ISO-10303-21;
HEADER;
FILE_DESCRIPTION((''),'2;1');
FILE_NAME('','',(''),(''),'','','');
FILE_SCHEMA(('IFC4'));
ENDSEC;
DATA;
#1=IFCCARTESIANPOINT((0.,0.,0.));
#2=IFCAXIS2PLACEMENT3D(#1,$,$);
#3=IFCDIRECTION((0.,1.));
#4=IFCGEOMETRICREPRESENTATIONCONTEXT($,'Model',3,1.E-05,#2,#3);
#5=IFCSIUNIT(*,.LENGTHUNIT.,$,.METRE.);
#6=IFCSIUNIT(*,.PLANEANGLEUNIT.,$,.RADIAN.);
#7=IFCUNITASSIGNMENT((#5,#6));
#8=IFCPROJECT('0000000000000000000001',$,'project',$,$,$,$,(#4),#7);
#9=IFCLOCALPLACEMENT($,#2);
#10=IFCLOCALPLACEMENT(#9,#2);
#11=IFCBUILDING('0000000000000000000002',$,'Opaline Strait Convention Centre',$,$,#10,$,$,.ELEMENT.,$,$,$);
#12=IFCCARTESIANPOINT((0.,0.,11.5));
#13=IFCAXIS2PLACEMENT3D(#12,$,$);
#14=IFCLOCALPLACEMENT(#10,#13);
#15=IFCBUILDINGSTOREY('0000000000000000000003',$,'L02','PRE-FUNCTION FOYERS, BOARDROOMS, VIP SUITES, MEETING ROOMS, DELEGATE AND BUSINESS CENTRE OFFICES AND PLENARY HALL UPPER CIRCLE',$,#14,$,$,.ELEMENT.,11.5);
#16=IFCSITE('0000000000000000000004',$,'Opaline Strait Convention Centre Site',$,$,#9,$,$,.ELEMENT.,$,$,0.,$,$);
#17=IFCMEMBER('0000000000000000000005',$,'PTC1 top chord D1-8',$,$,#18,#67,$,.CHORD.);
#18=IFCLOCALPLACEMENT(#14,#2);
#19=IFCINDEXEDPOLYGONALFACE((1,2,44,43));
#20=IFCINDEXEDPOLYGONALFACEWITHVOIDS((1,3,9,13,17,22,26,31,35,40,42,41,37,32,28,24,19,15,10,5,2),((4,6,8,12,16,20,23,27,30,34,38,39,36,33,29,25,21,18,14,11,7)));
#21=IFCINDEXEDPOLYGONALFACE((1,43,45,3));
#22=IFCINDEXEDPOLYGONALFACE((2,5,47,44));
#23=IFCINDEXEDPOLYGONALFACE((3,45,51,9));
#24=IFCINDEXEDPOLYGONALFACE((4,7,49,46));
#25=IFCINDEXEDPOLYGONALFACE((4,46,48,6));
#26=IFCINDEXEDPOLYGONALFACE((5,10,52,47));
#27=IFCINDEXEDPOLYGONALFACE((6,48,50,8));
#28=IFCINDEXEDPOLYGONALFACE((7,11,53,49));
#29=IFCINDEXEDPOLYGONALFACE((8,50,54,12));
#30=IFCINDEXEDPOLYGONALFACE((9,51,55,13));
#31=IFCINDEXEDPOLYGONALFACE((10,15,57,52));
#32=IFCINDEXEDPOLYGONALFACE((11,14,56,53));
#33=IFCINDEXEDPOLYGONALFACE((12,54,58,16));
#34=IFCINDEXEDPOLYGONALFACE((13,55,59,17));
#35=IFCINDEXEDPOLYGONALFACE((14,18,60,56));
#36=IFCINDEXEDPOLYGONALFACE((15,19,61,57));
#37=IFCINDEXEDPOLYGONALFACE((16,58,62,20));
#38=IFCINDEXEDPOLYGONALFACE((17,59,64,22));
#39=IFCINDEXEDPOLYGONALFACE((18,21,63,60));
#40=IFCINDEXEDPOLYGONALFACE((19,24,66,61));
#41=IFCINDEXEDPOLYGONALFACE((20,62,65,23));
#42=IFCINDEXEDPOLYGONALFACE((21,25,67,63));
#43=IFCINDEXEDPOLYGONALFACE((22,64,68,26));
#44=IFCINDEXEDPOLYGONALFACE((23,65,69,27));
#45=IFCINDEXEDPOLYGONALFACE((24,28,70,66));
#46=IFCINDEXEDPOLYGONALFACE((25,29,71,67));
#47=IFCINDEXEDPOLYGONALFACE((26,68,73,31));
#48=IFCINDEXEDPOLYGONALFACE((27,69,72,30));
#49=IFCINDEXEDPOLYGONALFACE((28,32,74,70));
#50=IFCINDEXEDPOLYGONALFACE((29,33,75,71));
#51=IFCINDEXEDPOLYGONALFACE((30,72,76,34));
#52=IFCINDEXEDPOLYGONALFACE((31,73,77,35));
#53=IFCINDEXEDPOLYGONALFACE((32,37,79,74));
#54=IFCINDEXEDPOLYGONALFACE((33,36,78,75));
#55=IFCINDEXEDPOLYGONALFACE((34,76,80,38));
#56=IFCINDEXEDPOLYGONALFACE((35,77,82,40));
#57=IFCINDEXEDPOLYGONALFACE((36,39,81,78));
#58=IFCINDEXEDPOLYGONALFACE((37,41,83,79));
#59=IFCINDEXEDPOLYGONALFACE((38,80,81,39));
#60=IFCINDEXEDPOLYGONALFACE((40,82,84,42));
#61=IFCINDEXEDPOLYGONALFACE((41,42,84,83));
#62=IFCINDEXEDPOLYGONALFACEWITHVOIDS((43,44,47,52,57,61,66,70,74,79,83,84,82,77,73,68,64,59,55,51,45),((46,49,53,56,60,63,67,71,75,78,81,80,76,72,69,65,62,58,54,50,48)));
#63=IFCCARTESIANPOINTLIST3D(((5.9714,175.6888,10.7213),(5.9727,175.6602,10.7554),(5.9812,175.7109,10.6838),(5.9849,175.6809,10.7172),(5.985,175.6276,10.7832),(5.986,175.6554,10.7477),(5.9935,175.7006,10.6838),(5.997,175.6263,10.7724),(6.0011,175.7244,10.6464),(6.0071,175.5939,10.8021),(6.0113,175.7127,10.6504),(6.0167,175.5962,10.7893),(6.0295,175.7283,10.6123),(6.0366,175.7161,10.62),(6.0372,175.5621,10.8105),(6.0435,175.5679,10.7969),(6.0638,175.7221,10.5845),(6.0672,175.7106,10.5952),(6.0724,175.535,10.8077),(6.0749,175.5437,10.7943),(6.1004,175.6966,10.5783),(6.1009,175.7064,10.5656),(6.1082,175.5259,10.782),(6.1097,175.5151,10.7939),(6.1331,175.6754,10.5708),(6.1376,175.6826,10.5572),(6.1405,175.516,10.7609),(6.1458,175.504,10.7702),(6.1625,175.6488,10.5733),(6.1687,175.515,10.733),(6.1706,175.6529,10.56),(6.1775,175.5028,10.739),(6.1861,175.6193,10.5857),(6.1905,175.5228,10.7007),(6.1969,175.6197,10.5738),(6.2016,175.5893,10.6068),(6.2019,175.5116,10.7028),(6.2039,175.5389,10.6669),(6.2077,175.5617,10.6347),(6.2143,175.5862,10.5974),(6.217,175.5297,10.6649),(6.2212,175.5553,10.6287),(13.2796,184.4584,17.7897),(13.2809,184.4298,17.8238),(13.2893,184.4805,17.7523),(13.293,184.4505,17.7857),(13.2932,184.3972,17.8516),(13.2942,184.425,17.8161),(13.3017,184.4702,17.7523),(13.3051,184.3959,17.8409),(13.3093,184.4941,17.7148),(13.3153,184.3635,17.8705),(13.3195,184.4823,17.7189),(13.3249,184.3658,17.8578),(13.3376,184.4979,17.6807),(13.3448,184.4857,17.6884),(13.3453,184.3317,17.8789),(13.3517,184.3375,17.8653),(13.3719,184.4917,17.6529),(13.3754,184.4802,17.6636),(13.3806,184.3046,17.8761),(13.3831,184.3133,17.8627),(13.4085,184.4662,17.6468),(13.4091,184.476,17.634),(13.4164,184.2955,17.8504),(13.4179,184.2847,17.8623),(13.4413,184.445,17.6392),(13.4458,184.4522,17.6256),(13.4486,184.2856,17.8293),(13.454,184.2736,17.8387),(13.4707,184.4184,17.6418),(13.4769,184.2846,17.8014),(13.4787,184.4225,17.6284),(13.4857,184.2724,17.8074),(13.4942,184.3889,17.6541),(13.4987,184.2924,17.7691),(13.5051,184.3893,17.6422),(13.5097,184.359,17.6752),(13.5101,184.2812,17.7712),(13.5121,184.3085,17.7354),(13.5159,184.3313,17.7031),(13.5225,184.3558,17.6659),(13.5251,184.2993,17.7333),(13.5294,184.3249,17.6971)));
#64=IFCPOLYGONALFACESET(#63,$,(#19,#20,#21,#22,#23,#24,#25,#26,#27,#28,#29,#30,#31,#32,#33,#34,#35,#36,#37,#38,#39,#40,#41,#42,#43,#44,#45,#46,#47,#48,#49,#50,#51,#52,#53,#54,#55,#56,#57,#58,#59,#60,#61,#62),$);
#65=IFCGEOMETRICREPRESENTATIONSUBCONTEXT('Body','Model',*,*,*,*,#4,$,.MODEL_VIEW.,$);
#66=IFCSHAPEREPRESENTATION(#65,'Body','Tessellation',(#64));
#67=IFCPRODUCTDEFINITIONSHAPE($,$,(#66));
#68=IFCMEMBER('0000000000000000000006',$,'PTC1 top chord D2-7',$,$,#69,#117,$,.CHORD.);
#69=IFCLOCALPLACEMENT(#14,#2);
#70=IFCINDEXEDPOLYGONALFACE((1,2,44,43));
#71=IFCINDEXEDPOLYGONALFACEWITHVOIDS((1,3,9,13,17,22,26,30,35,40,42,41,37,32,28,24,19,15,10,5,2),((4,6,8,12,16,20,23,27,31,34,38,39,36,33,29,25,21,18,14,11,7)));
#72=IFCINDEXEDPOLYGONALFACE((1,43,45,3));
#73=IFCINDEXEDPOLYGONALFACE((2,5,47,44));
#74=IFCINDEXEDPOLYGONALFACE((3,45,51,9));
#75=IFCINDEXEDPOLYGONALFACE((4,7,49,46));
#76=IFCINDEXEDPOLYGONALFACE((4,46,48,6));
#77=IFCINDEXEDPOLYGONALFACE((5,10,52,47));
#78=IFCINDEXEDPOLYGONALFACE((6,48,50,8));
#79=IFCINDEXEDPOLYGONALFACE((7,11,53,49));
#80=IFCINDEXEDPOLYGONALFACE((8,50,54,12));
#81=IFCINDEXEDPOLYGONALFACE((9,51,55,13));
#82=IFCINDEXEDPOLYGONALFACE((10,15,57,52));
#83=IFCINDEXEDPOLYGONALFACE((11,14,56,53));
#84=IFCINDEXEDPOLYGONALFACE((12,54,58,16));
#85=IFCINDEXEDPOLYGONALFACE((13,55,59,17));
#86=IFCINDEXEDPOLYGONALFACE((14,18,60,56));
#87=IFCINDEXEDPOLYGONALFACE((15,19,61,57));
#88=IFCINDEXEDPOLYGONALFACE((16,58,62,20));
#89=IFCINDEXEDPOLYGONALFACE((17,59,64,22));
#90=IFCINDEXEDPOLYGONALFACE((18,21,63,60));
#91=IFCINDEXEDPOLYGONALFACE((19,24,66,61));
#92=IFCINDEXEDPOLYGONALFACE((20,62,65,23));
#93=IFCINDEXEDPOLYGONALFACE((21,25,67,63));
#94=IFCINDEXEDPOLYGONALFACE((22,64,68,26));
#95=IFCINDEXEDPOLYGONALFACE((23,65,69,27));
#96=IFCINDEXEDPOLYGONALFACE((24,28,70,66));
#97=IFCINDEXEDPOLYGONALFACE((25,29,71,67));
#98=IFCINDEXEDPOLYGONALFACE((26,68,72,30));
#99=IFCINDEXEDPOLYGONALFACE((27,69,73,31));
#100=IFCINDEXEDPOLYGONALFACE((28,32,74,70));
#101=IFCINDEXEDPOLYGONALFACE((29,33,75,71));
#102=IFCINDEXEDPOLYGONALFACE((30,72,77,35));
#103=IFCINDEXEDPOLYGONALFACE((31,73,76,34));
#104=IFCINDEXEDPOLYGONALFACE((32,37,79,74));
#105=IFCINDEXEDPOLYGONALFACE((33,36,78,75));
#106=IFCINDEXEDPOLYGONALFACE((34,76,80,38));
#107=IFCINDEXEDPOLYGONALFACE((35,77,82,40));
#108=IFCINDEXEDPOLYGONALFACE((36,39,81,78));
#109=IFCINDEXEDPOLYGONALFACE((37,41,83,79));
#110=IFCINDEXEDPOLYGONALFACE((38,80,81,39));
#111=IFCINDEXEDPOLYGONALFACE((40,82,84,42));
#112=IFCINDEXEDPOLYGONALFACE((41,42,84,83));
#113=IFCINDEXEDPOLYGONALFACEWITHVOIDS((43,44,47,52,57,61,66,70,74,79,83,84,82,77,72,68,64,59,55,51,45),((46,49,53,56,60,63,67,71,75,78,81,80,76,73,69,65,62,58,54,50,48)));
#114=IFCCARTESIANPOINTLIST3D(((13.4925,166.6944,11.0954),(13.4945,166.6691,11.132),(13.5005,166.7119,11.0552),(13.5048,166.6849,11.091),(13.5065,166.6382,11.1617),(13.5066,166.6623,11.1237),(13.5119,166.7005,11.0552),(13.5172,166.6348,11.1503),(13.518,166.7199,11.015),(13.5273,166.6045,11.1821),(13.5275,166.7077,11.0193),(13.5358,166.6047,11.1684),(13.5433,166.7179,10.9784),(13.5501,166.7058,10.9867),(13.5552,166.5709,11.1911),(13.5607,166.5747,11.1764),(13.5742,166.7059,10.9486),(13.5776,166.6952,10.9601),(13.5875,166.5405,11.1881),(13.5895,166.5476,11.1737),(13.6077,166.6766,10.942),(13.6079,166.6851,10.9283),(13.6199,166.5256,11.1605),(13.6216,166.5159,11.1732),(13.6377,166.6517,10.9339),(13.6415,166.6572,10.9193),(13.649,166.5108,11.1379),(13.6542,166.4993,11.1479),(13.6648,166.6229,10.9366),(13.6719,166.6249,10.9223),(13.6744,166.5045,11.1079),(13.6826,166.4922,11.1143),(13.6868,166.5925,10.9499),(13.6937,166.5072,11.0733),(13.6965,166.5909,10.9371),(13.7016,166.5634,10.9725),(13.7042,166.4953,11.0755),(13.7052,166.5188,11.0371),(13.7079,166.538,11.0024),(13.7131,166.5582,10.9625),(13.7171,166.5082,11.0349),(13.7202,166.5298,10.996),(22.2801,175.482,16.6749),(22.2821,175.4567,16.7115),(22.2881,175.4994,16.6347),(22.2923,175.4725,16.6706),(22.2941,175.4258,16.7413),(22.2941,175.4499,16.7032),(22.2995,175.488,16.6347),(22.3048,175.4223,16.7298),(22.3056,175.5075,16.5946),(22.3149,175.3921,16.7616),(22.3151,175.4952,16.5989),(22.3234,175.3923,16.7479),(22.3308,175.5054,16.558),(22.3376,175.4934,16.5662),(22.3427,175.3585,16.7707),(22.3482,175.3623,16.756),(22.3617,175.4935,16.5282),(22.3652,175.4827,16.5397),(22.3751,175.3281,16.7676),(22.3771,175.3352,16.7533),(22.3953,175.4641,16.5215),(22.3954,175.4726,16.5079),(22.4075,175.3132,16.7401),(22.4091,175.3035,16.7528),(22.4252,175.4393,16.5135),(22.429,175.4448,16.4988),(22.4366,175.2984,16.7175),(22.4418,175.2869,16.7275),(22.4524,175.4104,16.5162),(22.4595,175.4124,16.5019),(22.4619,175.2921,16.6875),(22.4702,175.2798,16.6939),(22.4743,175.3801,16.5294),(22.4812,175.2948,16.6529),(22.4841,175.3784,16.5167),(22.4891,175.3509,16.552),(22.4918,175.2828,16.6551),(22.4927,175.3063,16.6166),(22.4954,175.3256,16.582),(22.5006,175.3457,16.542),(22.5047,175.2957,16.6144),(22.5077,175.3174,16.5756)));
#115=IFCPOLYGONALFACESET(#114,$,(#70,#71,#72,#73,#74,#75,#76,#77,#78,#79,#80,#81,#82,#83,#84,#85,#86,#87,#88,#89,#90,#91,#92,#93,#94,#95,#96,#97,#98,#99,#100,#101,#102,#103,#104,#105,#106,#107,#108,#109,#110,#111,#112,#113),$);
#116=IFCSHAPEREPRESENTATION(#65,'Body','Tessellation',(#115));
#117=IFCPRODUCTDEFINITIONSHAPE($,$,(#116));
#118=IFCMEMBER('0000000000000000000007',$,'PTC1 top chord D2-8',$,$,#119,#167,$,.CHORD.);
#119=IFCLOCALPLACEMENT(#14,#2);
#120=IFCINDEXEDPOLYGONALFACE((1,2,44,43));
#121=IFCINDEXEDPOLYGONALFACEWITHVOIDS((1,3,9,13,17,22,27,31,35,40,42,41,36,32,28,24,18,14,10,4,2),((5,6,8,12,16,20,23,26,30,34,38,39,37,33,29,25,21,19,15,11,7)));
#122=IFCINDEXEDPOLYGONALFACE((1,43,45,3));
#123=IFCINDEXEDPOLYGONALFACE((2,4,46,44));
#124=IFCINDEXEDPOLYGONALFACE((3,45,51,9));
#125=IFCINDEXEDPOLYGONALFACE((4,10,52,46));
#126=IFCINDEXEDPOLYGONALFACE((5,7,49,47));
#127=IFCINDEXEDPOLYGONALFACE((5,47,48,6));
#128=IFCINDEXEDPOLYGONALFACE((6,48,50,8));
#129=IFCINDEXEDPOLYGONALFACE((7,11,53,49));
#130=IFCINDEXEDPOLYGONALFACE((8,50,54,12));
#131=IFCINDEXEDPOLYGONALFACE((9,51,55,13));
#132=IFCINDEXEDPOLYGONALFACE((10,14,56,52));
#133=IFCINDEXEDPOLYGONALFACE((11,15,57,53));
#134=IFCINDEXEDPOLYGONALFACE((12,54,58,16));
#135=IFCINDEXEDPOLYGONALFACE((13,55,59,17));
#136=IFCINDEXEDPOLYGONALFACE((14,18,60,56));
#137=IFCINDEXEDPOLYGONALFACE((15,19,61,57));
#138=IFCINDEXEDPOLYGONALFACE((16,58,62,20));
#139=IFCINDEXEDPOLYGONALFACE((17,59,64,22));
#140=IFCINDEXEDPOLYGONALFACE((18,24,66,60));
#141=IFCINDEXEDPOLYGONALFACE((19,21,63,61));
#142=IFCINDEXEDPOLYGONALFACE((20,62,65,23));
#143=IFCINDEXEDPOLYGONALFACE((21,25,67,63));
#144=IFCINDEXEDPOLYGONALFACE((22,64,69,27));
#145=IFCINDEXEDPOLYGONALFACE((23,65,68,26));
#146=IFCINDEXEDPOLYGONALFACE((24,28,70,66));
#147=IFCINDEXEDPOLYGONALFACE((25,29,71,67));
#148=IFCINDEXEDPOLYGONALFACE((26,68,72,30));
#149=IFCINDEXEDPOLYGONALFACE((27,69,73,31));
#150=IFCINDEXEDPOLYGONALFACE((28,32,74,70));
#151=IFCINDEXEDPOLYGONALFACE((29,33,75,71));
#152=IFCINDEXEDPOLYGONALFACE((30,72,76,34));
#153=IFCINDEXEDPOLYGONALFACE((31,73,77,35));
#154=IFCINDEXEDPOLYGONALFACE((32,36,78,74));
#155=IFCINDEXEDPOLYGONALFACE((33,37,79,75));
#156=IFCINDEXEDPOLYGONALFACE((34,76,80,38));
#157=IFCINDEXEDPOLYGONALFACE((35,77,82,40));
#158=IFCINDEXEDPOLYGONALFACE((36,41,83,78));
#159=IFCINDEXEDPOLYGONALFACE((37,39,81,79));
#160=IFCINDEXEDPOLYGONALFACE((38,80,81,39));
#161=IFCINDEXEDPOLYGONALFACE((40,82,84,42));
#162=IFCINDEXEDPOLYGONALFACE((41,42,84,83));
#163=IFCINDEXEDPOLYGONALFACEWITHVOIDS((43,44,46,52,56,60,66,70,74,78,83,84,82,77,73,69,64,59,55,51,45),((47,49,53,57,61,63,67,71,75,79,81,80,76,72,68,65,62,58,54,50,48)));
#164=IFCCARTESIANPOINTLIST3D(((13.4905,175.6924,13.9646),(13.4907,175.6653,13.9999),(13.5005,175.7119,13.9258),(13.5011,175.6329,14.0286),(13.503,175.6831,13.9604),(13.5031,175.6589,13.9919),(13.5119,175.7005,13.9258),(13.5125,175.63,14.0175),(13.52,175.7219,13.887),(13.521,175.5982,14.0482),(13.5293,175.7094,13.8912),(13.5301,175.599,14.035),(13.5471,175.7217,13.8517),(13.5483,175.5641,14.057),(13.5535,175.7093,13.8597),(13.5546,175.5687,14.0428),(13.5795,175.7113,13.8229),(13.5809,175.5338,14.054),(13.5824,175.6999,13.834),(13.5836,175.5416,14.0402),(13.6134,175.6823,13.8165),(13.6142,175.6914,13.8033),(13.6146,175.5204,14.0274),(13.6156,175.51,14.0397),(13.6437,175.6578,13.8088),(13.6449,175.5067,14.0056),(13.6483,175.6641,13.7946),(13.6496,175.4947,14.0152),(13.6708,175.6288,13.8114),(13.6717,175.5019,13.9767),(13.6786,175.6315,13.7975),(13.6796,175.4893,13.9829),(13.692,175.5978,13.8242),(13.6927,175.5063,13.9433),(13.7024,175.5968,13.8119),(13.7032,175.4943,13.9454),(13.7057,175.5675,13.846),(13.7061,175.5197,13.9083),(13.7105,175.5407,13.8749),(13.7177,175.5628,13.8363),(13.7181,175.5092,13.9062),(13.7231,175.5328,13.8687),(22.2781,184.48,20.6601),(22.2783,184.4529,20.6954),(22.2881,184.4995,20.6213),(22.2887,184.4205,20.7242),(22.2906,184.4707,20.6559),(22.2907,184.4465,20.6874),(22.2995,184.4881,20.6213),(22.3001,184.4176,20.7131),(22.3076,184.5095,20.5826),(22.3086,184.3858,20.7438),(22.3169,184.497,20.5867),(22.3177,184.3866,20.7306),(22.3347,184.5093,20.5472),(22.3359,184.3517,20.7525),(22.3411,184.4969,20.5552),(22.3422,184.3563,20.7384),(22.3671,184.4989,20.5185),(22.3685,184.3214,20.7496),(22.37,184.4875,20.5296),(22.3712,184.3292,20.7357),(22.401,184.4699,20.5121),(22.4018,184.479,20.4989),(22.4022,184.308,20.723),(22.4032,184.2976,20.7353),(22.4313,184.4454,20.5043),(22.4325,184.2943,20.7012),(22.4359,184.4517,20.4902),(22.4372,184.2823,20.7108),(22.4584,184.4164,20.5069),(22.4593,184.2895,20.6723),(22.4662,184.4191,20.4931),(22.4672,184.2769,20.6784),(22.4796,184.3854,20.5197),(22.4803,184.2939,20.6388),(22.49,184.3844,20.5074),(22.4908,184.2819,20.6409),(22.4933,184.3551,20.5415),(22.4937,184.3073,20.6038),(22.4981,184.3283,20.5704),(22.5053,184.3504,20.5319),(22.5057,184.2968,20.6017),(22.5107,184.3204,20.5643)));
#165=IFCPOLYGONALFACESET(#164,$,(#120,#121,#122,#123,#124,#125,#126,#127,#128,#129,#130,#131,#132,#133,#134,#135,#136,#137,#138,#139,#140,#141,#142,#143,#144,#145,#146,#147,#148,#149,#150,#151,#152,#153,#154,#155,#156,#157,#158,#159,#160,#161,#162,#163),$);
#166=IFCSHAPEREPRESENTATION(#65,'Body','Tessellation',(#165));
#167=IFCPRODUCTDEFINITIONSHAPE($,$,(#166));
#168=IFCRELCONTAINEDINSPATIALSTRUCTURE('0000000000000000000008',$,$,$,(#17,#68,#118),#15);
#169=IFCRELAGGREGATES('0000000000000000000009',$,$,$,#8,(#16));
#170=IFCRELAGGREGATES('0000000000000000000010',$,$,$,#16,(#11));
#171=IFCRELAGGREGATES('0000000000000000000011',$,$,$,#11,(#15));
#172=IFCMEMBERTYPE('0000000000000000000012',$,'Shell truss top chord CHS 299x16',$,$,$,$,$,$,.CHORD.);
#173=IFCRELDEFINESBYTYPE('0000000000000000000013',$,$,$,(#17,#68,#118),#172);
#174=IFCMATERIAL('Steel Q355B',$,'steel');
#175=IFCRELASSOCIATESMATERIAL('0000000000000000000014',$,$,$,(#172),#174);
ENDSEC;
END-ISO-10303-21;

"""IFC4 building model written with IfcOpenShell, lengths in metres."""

from ifc_helpers import new_model, si_unit, direction, frame, origin, origin_2d, place, context, subcontext, project, spatial, hollow_circle, extrude, material, material_profile, profile_set, type_object, element, save


model = new_model("IFC4")

# Units and contexts
model_context = context("Model", 3, precision=1e-05, world=origin(), true_north=direction((0.0, 1.0)))
body_context = subcontext(model_context, "Body", "Model", "MODEL_VIEW")
ifc_project = project(units=[si_unit("LENGTHUNIT", "METRE"), si_unit("PLANEANGLEUNIT", "RADIAN")], contexts=[model_context])

# Site, building, storey
site_placement = place(None, origin())
site = spatial("IfcSite", under=ifc_project, at=site_placement, Name="Opaline Strait Convention Centre Site", CompositionType="ELEMENT", RefElevation=0.0)
building_placement = place(site_placement, origin())
building = spatial("IfcBuilding", under=site, at=building_placement, Name="Opaline Strait Convention Centre", CompositionType="ELEMENT")
storey_placement = place(building_placement, frame((0.0, 0.0, 11.5)))
storey = spatial("IfcBuildingStorey", under=building, at=storey_placement, Name="L02", Description="PRE-FUNCTION FOYERS, BOARDROOMS, VIP SUITES, MEETING ROOMS, DELEGATE AND BUSINESS CENTRE OFFICES AND PLENARY HALL UPPER CIRCLE", CompositionType="ELEMENT", Elevation=11.5)

# Members
ifc_material_1 = material(Name="Steel Q355B", Category="steel")
ifc_material_profile_1 = material_profile(ifc_material_1, hollow_circle(Radius=0.1494, WallThickness=0.0161, at=origin_2d()), Name="CHS 299x16")
ifc_profile_set_1 = profile_set([ifc_material_profile_1], Name="Steel Q355B")
member_type_1 = type_object("IfcMemberType", Name="Shell truss top chord CHS 299x16", PredefinedType="CHORD", material=ifc_profile_set_1)
member_1_placement = place(storey_placement, frame((6.0959, 175.6152, 10.6838), z_axis=(0.544299, 0.653144, 0.526443), x_axis=(-0.768214, 0.640193, 0.0)))
element("IfcMember", 1, at=member_1_placement, inside=storey, type_object=member_type_1, Name="PTC1 top chord D1-8", PredefinedType="CHORD", context=body_context, shape_type="SweptSolid", body=[
    extrude(hollow_circle(Radius=0.1494, WallThickness=0.0161, at=origin_2d()), origin(), (0.0, 0.0, 1.0), 13.4268),
])
member_2_placement = place(storey_placement, frame((13.6062, 166.6062, 11.0552), z_axis=(0.645074, 0.645074, 0.409583), x_axis=(-0.707107, 0.707107, 0.0)))
element("IfcMember", 2, at=member_2_placement, inside=storey, type_object=member_type_1, Name="PTC1 top chord D2-7", PredefinedType="CHORD", context=body_context, shape_type="SweptSolid", body=[
    extrude(hollow_circle(Radius=0.1494, WallThickness=0.0161, at=origin_2d()), origin(), (0.0, 0.0, 1.0), 13.6226),
])
member_3_placement = place(storey_placement, frame((13.6062, 175.6062, 13.9258), z_axis=(0.622508, 0.622508, 0.474309), x_axis=(-0.707107, 0.707107, 0.0)))
element("IfcMember", 3, at=member_3_placement, inside=storey, type_object=member_type_1, Name="PTC1 top chord D2-8", PredefinedType="CHORD", context=body_context, shape_type="SweptSolid", body=[
    extrude(hollow_circle(Radius=0.1494, WallThickness=0.0161, at=origin_2d()), origin(), (0.0, 0.0, 1.0), 14.1165),
])

save(model, "model.ifc")
